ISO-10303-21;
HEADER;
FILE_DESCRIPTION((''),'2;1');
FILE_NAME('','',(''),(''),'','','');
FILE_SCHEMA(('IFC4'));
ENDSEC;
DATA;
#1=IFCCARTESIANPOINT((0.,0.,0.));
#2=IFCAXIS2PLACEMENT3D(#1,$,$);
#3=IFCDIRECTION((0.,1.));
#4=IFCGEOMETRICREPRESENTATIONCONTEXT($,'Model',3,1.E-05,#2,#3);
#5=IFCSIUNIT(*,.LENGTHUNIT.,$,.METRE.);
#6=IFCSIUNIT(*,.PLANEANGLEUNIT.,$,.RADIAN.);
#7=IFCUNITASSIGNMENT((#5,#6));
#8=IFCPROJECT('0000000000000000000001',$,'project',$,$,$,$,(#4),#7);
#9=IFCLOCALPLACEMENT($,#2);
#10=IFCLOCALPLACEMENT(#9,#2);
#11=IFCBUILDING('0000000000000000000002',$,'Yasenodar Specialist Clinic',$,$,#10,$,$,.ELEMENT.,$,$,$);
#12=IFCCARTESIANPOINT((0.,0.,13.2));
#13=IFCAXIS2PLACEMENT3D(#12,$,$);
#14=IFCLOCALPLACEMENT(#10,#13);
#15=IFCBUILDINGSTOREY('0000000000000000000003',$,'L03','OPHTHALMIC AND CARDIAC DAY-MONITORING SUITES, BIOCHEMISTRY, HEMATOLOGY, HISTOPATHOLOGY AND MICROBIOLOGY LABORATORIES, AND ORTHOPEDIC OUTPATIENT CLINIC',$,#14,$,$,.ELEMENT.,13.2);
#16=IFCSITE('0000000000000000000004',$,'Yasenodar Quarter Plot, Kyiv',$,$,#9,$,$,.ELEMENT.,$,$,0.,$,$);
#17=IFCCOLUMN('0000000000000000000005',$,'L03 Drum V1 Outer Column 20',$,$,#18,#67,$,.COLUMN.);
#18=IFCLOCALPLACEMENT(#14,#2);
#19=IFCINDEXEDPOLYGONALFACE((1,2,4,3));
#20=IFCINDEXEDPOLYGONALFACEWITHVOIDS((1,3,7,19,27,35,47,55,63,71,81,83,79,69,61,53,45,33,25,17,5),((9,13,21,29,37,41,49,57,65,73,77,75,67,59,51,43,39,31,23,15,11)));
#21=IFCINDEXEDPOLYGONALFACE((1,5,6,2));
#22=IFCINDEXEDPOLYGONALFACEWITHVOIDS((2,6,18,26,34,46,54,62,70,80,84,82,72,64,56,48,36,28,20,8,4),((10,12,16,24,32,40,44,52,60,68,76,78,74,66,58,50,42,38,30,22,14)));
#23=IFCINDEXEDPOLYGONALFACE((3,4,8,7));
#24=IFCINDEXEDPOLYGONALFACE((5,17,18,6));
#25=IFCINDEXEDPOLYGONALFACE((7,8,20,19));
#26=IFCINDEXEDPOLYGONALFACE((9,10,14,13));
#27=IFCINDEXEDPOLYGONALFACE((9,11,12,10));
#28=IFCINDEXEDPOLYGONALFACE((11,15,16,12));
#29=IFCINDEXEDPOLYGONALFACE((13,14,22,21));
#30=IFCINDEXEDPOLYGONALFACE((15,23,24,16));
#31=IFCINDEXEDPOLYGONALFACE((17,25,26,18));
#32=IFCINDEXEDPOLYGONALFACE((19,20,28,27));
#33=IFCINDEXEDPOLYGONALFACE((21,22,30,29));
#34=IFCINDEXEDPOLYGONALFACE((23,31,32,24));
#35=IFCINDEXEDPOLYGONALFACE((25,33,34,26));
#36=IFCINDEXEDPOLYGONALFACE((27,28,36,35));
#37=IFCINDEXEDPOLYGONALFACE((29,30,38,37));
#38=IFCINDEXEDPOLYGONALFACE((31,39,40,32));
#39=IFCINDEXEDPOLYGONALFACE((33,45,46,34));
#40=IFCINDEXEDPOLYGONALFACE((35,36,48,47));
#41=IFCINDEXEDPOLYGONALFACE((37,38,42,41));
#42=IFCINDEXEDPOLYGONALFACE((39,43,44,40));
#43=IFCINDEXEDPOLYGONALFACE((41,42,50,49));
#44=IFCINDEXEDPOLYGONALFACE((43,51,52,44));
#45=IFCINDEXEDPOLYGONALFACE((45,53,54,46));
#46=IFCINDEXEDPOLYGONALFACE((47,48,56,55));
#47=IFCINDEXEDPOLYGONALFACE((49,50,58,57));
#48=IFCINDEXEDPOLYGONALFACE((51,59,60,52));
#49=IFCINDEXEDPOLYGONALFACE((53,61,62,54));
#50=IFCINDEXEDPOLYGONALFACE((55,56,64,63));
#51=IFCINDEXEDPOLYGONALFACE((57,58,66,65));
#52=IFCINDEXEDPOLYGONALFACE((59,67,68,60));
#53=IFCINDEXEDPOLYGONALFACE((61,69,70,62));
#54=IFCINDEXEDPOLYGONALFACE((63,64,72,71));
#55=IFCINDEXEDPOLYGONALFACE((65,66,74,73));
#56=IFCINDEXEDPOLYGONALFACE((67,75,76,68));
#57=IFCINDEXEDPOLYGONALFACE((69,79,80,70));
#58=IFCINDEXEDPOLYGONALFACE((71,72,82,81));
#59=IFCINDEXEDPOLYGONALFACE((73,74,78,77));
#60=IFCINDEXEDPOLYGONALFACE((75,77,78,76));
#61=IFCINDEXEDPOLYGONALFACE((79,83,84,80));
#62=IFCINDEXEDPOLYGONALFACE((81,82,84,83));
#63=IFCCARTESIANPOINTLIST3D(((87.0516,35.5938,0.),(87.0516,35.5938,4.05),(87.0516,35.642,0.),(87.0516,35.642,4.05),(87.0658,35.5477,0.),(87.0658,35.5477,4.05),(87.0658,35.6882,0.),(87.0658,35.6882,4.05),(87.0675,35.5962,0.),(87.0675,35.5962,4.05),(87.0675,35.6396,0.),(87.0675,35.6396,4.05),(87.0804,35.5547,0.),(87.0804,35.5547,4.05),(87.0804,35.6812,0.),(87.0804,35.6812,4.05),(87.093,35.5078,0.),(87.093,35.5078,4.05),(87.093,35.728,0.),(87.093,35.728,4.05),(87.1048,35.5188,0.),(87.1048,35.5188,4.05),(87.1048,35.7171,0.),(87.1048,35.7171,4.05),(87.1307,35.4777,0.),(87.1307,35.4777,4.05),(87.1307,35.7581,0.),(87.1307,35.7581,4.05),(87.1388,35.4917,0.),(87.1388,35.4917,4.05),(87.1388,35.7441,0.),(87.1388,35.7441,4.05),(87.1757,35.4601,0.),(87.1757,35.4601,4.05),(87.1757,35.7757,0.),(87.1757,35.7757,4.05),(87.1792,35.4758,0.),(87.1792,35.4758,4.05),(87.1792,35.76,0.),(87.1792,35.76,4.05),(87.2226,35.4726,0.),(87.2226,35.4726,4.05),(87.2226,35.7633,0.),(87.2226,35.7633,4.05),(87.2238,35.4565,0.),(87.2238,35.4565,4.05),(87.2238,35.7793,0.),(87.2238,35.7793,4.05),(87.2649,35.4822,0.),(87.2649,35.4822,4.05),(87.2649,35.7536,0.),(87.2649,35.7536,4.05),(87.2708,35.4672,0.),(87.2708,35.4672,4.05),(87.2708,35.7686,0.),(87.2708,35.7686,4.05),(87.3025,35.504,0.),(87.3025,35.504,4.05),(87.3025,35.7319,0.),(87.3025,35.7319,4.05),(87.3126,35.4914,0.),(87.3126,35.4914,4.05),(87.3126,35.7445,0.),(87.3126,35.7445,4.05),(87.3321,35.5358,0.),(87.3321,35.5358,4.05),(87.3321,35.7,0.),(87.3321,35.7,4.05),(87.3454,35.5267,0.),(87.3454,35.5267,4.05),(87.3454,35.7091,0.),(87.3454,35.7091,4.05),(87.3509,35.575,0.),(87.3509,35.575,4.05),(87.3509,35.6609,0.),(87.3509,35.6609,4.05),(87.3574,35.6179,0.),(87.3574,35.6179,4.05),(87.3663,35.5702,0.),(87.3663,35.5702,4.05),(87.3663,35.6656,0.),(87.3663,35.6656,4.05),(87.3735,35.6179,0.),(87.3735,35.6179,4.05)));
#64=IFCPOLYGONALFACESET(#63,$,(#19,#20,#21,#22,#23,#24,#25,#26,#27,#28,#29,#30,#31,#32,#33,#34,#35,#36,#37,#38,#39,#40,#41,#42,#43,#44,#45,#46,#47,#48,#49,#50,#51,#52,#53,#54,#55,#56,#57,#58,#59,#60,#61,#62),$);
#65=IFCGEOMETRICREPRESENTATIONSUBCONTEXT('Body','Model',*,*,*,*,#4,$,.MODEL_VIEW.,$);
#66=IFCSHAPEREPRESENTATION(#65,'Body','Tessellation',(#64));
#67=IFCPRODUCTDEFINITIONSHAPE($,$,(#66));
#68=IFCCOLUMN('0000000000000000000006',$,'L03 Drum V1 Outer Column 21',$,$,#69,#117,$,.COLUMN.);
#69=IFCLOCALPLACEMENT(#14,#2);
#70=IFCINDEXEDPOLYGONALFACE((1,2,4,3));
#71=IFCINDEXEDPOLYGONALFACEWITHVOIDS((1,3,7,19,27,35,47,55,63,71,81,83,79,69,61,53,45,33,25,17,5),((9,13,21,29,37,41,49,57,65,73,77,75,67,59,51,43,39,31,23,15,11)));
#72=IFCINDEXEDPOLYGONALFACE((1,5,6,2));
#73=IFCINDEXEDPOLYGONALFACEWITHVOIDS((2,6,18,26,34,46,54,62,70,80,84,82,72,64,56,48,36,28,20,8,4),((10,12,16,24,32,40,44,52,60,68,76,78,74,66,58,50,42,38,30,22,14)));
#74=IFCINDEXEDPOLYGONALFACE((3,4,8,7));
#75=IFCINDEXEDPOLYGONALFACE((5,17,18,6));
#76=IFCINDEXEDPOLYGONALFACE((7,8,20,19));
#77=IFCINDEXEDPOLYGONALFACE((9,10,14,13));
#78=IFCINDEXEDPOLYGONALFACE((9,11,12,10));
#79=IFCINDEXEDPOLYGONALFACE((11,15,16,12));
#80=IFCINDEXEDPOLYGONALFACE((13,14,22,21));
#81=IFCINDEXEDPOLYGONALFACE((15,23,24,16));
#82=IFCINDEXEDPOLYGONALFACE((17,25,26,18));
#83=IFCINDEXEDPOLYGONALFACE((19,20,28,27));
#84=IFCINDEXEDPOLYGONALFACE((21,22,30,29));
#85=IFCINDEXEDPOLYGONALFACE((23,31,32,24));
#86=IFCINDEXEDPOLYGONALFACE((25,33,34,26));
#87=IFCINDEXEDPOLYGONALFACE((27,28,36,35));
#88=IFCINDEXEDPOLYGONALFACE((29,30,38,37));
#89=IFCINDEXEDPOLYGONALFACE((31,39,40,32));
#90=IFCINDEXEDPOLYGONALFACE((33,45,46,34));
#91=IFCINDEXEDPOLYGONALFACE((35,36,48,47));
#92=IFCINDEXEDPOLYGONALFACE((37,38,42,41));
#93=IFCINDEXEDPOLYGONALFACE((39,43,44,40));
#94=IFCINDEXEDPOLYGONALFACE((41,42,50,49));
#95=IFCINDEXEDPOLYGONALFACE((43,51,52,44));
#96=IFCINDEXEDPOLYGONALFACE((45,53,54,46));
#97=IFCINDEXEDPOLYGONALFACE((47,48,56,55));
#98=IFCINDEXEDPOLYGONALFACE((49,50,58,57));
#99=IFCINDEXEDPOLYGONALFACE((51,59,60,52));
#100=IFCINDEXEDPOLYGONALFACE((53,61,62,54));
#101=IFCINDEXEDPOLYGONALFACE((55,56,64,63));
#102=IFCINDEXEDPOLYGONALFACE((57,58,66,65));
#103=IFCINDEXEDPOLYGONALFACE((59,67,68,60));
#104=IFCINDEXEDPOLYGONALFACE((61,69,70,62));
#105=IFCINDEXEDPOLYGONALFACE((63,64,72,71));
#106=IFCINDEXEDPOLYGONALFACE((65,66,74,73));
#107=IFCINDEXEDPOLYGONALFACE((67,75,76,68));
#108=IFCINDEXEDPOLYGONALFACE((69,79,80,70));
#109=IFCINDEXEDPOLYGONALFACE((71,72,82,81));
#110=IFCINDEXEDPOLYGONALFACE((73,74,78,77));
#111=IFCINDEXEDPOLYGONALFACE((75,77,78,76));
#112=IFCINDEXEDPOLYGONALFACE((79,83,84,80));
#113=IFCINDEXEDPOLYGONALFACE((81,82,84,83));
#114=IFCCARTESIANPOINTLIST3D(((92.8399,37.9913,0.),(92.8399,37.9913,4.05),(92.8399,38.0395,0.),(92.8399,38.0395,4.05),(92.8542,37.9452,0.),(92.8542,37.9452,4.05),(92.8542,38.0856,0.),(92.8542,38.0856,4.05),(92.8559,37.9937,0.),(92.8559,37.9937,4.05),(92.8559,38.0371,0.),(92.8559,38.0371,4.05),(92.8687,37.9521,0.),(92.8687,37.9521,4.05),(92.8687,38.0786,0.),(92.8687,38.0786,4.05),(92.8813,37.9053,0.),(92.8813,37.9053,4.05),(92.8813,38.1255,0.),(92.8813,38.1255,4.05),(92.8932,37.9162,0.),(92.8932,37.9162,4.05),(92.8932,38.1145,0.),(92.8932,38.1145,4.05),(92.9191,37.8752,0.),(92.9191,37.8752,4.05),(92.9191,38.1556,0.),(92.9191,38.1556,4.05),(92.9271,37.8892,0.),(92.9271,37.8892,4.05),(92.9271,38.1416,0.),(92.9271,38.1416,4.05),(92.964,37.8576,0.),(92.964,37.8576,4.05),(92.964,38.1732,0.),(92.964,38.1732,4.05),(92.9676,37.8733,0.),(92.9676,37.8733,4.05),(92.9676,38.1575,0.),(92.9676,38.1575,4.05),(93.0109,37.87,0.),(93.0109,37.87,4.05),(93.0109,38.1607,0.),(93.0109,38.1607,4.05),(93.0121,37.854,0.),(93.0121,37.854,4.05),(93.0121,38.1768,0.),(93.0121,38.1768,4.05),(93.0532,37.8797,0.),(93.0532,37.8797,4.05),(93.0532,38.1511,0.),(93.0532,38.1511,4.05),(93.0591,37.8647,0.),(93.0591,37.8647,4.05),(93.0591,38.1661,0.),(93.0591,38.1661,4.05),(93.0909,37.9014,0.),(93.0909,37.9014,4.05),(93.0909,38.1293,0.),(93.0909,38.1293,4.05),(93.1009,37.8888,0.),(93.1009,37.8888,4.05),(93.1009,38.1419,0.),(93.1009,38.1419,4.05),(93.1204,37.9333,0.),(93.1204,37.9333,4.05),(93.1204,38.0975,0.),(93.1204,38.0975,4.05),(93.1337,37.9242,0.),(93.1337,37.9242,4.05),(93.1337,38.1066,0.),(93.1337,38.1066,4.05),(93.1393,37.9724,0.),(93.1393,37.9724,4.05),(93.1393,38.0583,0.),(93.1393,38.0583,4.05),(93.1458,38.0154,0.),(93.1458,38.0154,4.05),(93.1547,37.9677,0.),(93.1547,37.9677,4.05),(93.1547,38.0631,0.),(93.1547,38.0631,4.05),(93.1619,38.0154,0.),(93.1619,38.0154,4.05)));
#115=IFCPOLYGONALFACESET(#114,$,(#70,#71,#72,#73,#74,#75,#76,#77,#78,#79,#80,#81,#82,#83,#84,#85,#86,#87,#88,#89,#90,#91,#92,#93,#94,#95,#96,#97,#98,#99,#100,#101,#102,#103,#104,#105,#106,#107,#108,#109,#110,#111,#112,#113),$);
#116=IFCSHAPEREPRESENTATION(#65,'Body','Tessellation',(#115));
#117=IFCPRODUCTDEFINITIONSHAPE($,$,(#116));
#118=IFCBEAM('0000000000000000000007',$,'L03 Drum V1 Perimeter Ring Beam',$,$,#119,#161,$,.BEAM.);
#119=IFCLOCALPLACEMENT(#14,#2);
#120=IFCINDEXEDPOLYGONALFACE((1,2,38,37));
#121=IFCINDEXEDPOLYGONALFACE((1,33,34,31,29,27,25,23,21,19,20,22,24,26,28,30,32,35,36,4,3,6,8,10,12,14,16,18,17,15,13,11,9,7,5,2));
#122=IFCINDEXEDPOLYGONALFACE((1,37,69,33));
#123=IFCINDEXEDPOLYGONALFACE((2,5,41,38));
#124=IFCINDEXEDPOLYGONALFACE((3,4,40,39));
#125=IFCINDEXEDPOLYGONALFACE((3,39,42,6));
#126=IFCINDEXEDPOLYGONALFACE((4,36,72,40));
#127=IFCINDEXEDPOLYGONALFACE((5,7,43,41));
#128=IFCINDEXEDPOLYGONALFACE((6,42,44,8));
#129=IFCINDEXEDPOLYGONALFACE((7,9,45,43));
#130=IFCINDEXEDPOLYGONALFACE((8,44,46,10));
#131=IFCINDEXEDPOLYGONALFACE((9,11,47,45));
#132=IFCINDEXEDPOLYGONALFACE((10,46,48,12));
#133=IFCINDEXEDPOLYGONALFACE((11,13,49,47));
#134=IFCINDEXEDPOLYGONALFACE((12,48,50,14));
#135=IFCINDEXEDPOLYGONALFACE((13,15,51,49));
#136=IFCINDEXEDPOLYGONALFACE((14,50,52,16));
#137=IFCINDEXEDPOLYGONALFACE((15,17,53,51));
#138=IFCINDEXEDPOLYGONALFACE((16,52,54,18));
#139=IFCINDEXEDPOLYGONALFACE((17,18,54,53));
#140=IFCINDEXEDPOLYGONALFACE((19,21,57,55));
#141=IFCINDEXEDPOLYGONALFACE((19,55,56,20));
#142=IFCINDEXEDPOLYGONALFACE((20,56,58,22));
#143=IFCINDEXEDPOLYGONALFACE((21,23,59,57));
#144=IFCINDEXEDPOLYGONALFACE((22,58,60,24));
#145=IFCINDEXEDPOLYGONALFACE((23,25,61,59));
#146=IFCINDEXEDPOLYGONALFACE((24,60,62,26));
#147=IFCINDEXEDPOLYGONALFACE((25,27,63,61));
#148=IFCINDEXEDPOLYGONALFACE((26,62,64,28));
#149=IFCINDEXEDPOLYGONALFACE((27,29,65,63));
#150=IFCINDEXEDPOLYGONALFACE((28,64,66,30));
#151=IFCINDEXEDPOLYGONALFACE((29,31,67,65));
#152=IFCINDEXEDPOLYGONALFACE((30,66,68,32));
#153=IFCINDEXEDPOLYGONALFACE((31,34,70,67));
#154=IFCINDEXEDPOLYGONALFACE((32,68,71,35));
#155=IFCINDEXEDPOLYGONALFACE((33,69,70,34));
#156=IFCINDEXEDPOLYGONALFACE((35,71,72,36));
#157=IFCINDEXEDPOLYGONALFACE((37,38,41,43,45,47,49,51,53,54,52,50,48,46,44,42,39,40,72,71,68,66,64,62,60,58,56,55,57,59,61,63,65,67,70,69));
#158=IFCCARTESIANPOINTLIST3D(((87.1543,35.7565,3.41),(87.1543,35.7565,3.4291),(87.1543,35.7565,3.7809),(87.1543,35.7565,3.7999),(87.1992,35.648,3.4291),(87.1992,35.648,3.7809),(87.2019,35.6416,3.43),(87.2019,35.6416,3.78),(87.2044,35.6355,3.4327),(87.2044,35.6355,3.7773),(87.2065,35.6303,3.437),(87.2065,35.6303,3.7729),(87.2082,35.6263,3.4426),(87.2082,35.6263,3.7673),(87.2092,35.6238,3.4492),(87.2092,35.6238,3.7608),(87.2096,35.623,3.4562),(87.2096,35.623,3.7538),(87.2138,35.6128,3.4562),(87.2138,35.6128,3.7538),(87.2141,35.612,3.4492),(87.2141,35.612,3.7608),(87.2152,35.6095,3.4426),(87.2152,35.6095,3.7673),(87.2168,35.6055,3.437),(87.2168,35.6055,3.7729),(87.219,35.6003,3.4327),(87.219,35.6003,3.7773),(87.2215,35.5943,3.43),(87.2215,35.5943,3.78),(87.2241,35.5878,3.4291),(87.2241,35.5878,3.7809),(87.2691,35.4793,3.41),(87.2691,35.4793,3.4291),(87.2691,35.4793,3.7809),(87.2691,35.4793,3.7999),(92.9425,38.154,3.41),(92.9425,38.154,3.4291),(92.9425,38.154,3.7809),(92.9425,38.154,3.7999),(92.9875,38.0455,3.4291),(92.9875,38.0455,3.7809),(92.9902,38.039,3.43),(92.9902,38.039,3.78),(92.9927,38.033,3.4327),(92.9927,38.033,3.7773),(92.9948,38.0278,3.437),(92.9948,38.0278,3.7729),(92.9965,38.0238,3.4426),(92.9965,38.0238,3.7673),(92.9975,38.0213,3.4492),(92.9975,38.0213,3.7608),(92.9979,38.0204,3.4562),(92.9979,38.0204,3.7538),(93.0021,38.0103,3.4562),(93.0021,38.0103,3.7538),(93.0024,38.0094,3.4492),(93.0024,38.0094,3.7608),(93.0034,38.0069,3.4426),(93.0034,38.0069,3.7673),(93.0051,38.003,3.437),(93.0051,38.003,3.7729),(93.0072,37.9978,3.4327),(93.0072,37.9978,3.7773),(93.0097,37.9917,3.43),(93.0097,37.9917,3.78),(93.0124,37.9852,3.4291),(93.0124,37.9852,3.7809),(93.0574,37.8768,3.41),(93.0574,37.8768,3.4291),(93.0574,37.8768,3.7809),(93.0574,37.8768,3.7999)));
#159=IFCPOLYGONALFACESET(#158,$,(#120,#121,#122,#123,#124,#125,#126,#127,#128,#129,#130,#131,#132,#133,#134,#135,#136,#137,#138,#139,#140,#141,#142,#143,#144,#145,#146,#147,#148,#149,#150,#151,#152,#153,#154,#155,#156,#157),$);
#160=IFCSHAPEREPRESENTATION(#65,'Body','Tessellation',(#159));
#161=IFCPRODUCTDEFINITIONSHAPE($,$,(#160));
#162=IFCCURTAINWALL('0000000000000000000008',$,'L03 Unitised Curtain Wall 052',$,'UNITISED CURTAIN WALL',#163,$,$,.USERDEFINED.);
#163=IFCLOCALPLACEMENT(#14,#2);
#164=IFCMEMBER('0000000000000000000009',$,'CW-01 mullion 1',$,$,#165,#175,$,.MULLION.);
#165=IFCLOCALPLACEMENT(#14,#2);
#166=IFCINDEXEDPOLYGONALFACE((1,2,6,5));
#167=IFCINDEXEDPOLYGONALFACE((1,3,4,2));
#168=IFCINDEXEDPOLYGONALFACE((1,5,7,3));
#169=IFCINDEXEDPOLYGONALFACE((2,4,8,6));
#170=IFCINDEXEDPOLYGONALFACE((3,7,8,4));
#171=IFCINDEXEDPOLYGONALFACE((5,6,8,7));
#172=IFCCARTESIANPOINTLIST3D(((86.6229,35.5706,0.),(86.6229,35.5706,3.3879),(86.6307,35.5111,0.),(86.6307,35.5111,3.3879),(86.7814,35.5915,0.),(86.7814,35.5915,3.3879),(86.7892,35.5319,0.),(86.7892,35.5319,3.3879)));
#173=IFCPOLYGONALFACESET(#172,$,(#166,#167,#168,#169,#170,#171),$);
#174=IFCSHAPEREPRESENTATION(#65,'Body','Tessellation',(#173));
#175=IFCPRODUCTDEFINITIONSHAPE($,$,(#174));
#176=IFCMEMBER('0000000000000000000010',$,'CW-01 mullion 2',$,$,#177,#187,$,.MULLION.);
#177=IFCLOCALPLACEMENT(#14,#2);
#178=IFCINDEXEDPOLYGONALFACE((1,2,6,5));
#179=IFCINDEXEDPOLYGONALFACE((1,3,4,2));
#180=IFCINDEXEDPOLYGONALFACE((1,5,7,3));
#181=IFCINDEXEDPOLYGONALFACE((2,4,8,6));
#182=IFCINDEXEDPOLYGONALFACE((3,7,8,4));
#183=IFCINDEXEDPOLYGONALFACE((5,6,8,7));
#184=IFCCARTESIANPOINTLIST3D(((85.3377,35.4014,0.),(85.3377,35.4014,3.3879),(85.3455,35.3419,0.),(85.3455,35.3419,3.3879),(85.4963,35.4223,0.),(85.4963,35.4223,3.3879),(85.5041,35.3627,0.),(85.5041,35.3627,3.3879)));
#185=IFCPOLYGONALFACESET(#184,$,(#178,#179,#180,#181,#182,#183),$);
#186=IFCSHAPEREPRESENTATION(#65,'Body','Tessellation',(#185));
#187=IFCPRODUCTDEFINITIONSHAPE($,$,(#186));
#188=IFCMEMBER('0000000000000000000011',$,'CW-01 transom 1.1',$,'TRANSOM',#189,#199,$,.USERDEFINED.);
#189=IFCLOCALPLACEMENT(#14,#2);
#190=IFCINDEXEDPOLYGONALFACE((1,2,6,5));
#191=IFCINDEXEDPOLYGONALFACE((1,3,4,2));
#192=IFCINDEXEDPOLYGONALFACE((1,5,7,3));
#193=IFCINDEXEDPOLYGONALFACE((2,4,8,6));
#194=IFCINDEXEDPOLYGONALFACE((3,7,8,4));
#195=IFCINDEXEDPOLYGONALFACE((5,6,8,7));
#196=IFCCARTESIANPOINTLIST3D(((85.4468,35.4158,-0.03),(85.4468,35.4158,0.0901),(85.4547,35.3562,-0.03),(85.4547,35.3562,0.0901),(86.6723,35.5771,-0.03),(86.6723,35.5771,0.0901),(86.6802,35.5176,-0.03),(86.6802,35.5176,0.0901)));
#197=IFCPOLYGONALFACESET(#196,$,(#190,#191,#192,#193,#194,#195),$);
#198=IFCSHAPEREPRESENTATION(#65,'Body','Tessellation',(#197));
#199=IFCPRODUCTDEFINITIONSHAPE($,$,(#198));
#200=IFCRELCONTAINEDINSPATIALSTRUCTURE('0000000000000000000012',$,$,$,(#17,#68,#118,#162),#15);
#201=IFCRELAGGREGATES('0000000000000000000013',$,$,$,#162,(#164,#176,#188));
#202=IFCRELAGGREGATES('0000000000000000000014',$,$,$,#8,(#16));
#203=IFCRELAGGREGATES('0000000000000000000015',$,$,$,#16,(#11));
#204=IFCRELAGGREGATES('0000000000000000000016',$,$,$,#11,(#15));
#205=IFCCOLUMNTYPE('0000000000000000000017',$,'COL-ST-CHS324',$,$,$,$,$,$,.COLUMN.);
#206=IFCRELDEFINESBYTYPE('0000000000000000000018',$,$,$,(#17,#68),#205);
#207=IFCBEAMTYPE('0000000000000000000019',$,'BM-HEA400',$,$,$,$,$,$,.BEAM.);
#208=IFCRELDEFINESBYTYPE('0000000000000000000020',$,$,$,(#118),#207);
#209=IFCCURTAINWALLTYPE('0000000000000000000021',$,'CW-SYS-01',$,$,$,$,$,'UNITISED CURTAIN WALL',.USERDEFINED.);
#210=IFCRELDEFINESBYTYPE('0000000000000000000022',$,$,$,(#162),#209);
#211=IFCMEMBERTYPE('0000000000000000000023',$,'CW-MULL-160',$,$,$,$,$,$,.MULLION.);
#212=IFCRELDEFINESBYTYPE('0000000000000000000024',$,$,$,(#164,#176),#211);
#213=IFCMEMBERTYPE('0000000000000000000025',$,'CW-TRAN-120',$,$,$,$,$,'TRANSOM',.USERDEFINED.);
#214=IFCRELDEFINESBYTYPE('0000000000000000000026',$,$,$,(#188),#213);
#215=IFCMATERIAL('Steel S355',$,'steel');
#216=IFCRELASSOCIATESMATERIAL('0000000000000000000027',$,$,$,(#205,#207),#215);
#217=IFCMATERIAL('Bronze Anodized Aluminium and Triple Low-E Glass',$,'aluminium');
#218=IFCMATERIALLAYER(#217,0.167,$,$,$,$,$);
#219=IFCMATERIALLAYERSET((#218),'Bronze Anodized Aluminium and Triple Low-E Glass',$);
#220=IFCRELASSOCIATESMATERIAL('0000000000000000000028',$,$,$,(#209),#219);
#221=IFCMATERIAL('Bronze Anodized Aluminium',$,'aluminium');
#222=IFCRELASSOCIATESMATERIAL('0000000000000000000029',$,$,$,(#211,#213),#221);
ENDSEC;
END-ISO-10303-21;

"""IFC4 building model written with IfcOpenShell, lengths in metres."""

from ifc_helpers import new_model, si_unit, direction, frame, origin, origin_2d, place, context, subcontext, project, spatial, rectangle, hollow_circle, i_section, extrude, material, layer, layer_set, material_profile, profile_set, type_object, element, aggregate, save


model = new_model("IFC4")

# Units and contexts
model_context = context("Model", 3, precision=1e-05, world=origin(), true_north=direction((0.0, 1.0)))
body_context = subcontext(model_context, "Body", "Model", "MODEL_VIEW")
ifc_project = project(units=[si_unit("LENGTHUNIT", "METRE"), si_unit("PLANEANGLEUNIT", "RADIAN")], contexts=[model_context])

# Site, building, storey
site_placement = place(None, origin())
site = spatial("IfcSite", under=ifc_project, at=site_placement, Name="Yasenodar Quarter Plot, Kyiv", CompositionType="ELEMENT", RefElevation=0.0)
building_placement = place(site_placement, origin())
building = spatial("IfcBuilding", under=site, at=building_placement, Name="Yasenodar Specialist Clinic", CompositionType="ELEMENT")
storey_placement = place(building_placement, frame((0.0, 0.0, 13.2)))
storey = spatial("IfcBuildingStorey", under=building, at=storey_placement, Name="L03", Description="OPHTHALMIC AND CARDIAC DAY-MONITORING SUITES, BIOCHEMISTRY, HEMATOLOGY, HISTOPATHOLOGY AND MICROBIOLOGY LABORATORIES, AND ORTHOPEDIC OUTPATIENT CLINIC", CompositionType="ELEMENT", Elevation=13.2)

# Columns
ifc_material_1 = material(Name="Steel S355", Category="steel")
ifc_material_profile_1 = material_profile(ifc_material_1, hollow_circle(Radius=0.1619, WallThickness=0.0161, at=origin_2d()), Name="CHS 323.9x16")
ifc_profile_set_1 = profile_set([ifc_material_profile_1], Name="Steel S355")
column_type = type_object("IfcColumnType", Name="COL-ST-CHS324", PredefinedType="COLUMN", material=ifc_profile_set_1)
for number, where, z_axis, x_axis, name in (
    (1, (87.2117, 35.6179, 0.0), (0.0, 0.0, 1.0), (1.0, 0.0, 0.0), "L03 Drum V1 Outer Column 20"),
    (2, (93.0, 38.0154, 0.0), (0.0, 0.0, 1.0), (1.0, 0.0, 0.0), "L03 Drum V1 Outer Column 21"),
):
    element("IfcColumn", number, at=place(storey_placement, frame(where, z_axis=z_axis, x_axis=x_axis)), inside=storey, type_object=column_type, Name=name, PredefinedType="COLUMN", context=body_context, shape_type="SweptSolid", body=[
        extrude(hollow_circle(Radius=0.1619, WallThickness=0.0161, at=origin_2d()), origin(), (0.0, 0.0, 1.0), 4.05),
    ])

# Beam
ifc_material_profile_2 = material_profile(ifc_material_1, i_section(OverallWidth=0.3, OverallDepth=0.3899, WebThickness=0.011, FlangeThickness=0.019, FilletRadius=0.0271, at=origin_2d()), Name="HEA 400")
ifc_profile_set_2 = profile_set([ifc_material_profile_2], Name="Steel S355")
beam_type = type_object("IfcBeamType", Name="BM-HEA400", PredefinedType="BEAM", material=ifc_profile_set_2)
beam_placement = place(storey_placement, frame((87.2117, 35.6179, 3.605), z_axis=(0.923888, 0.382664, 0.0), x_axis=(-0.382664, 0.923888, 0.0)))
element("IfcBeam", 3, at=beam_placement, inside=storey, type_object=beam_type, Name="L03 Drum V1 Perimeter Ring Beam", PredefinedType="BEAM", context=body_context, shape_type="SweptSolid", body=[
    extrude(i_section(OverallWidth=0.3, OverallDepth=0.3899, WebThickness=0.011, FlangeThickness=0.019, FilletRadius=0.0271, at=origin_2d()), origin(), (0.0, 0.0, 1.0), 6.2651),
])

# Curtain wall, members
ifc_material_2 = material(Name="Bronze Anodized Aluminium and Triple Low-E Glass", Category="aluminium")
ifc_layer_1 = layer(ifc_material_2, 0.167)
ifc_layer_set_1 = layer_set([ifc_layer_1], Name="Bronze Anodized Aluminium and Triple Low-E Glass")
curtain_wall_type = type_object("IfcCurtainWallType", Name="CW-SYS-01", ElementType="UNITISED CURTAIN WALL", PredefinedType="USERDEFINED", material=ifc_layer_set_1)
curtain_wall_placement = place(storey_placement, origin())
curtain_wall = element("IfcCurtainWall", 4, at=curtain_wall_placement, inside=storey, type_object=curtain_wall_type, Name="L03 Unitised Curtain Wall 052", ObjectType="UNITISED CURTAIN WALL", PredefinedType="USERDEFINED")
ifc_material_3 = material(Name="Bronze Anodized Aluminium", Category="aluminium")
ifc_material_profile_3 = material_profile(ifc_material_3, rectangle(XDim=0.0601, YDim=0.1599, at=origin_2d()), Name="CW-MULL 60x160")
ifc_profile_set_3 = profile_set([ifc_material_profile_3], Name="Bronze Anodized Aluminium")
member_type_1 = type_object("IfcMemberType", Name="CW-MULL-160", PredefinedType="MULLION", material=ifc_profile_set_3)
member_1_placement = place(storey_placement, frame((86.7061, 35.5513, 0.0), z_axis=(0.0, 0.0, 1.0), x_axis=(0.130512, -0.991447, 0.0)))
member_1 = element("IfcMember", 5, at=member_1_placement, type_object=member_type_1, Name="CW-01 mullion 1", PredefinedType="MULLION", context=body_context, shape_type="SweptSolid", body=[
    extrude(rectangle(XDim=0.0601, YDim=0.1599, at=origin_2d()), origin(), (0.0, 0.0, 1.0), 3.3879),
])
member_2_placement = place(storey_placement, frame((85.4209, 35.3821, 0.0), z_axis=(0.0, 0.0, 1.0), x_axis=(0.130512, -0.991447, 0.0)))
member_2 = element("IfcMember", 6, at=member_2_placement, type_object=member_type_1, Name="CW-01 mullion 2", PredefinedType="MULLION", context=body_context, shape_type="SweptSolid", body=[
    extrude(rectangle(XDim=0.0601, YDim=0.1599, at=origin_2d()), origin(), (0.0, 0.0, 1.0), 3.3879),
])
ifc_material_profile_4 = material_profile(ifc_material_3, rectangle(XDim=0.0601, YDim=0.1201, at=origin_2d()), Name="CW-TRAN 60x120")
ifc_profile_set_4 = profile_set([ifc_material_profile_4], Name="Bronze Anodized Aluminium")
member_type_2 = type_object("IfcMemberType", Name="CW-TRAN-120", ElementType="TRANSOM", PredefinedType="USERDEFINED", material=ifc_profile_set_4)
member_3_placement = place(storey_placement, frame((86.6763, 35.5474, 0.03), z_axis=(-0.991442, -0.130546, 0.0), x_axis=(0.130546, -0.991442, 0.0)))
member_3 = element("IfcMember", 7, at=member_3_placement, type_object=member_type_2, Name="CW-01 transom 1.1", ObjectType="TRANSOM", PredefinedType="USERDEFINED", context=body_context, shape_type="SweptSolid", body=[
    extrude(rectangle(XDim=0.0601, YDim=0.1201, at=origin_2d()), origin(), (0.0, 0.0, 1.0), 1.2361),
])
aggregate(curtain_wall, [member_1, member_2, member_3])

save(model, "model.ifc")
